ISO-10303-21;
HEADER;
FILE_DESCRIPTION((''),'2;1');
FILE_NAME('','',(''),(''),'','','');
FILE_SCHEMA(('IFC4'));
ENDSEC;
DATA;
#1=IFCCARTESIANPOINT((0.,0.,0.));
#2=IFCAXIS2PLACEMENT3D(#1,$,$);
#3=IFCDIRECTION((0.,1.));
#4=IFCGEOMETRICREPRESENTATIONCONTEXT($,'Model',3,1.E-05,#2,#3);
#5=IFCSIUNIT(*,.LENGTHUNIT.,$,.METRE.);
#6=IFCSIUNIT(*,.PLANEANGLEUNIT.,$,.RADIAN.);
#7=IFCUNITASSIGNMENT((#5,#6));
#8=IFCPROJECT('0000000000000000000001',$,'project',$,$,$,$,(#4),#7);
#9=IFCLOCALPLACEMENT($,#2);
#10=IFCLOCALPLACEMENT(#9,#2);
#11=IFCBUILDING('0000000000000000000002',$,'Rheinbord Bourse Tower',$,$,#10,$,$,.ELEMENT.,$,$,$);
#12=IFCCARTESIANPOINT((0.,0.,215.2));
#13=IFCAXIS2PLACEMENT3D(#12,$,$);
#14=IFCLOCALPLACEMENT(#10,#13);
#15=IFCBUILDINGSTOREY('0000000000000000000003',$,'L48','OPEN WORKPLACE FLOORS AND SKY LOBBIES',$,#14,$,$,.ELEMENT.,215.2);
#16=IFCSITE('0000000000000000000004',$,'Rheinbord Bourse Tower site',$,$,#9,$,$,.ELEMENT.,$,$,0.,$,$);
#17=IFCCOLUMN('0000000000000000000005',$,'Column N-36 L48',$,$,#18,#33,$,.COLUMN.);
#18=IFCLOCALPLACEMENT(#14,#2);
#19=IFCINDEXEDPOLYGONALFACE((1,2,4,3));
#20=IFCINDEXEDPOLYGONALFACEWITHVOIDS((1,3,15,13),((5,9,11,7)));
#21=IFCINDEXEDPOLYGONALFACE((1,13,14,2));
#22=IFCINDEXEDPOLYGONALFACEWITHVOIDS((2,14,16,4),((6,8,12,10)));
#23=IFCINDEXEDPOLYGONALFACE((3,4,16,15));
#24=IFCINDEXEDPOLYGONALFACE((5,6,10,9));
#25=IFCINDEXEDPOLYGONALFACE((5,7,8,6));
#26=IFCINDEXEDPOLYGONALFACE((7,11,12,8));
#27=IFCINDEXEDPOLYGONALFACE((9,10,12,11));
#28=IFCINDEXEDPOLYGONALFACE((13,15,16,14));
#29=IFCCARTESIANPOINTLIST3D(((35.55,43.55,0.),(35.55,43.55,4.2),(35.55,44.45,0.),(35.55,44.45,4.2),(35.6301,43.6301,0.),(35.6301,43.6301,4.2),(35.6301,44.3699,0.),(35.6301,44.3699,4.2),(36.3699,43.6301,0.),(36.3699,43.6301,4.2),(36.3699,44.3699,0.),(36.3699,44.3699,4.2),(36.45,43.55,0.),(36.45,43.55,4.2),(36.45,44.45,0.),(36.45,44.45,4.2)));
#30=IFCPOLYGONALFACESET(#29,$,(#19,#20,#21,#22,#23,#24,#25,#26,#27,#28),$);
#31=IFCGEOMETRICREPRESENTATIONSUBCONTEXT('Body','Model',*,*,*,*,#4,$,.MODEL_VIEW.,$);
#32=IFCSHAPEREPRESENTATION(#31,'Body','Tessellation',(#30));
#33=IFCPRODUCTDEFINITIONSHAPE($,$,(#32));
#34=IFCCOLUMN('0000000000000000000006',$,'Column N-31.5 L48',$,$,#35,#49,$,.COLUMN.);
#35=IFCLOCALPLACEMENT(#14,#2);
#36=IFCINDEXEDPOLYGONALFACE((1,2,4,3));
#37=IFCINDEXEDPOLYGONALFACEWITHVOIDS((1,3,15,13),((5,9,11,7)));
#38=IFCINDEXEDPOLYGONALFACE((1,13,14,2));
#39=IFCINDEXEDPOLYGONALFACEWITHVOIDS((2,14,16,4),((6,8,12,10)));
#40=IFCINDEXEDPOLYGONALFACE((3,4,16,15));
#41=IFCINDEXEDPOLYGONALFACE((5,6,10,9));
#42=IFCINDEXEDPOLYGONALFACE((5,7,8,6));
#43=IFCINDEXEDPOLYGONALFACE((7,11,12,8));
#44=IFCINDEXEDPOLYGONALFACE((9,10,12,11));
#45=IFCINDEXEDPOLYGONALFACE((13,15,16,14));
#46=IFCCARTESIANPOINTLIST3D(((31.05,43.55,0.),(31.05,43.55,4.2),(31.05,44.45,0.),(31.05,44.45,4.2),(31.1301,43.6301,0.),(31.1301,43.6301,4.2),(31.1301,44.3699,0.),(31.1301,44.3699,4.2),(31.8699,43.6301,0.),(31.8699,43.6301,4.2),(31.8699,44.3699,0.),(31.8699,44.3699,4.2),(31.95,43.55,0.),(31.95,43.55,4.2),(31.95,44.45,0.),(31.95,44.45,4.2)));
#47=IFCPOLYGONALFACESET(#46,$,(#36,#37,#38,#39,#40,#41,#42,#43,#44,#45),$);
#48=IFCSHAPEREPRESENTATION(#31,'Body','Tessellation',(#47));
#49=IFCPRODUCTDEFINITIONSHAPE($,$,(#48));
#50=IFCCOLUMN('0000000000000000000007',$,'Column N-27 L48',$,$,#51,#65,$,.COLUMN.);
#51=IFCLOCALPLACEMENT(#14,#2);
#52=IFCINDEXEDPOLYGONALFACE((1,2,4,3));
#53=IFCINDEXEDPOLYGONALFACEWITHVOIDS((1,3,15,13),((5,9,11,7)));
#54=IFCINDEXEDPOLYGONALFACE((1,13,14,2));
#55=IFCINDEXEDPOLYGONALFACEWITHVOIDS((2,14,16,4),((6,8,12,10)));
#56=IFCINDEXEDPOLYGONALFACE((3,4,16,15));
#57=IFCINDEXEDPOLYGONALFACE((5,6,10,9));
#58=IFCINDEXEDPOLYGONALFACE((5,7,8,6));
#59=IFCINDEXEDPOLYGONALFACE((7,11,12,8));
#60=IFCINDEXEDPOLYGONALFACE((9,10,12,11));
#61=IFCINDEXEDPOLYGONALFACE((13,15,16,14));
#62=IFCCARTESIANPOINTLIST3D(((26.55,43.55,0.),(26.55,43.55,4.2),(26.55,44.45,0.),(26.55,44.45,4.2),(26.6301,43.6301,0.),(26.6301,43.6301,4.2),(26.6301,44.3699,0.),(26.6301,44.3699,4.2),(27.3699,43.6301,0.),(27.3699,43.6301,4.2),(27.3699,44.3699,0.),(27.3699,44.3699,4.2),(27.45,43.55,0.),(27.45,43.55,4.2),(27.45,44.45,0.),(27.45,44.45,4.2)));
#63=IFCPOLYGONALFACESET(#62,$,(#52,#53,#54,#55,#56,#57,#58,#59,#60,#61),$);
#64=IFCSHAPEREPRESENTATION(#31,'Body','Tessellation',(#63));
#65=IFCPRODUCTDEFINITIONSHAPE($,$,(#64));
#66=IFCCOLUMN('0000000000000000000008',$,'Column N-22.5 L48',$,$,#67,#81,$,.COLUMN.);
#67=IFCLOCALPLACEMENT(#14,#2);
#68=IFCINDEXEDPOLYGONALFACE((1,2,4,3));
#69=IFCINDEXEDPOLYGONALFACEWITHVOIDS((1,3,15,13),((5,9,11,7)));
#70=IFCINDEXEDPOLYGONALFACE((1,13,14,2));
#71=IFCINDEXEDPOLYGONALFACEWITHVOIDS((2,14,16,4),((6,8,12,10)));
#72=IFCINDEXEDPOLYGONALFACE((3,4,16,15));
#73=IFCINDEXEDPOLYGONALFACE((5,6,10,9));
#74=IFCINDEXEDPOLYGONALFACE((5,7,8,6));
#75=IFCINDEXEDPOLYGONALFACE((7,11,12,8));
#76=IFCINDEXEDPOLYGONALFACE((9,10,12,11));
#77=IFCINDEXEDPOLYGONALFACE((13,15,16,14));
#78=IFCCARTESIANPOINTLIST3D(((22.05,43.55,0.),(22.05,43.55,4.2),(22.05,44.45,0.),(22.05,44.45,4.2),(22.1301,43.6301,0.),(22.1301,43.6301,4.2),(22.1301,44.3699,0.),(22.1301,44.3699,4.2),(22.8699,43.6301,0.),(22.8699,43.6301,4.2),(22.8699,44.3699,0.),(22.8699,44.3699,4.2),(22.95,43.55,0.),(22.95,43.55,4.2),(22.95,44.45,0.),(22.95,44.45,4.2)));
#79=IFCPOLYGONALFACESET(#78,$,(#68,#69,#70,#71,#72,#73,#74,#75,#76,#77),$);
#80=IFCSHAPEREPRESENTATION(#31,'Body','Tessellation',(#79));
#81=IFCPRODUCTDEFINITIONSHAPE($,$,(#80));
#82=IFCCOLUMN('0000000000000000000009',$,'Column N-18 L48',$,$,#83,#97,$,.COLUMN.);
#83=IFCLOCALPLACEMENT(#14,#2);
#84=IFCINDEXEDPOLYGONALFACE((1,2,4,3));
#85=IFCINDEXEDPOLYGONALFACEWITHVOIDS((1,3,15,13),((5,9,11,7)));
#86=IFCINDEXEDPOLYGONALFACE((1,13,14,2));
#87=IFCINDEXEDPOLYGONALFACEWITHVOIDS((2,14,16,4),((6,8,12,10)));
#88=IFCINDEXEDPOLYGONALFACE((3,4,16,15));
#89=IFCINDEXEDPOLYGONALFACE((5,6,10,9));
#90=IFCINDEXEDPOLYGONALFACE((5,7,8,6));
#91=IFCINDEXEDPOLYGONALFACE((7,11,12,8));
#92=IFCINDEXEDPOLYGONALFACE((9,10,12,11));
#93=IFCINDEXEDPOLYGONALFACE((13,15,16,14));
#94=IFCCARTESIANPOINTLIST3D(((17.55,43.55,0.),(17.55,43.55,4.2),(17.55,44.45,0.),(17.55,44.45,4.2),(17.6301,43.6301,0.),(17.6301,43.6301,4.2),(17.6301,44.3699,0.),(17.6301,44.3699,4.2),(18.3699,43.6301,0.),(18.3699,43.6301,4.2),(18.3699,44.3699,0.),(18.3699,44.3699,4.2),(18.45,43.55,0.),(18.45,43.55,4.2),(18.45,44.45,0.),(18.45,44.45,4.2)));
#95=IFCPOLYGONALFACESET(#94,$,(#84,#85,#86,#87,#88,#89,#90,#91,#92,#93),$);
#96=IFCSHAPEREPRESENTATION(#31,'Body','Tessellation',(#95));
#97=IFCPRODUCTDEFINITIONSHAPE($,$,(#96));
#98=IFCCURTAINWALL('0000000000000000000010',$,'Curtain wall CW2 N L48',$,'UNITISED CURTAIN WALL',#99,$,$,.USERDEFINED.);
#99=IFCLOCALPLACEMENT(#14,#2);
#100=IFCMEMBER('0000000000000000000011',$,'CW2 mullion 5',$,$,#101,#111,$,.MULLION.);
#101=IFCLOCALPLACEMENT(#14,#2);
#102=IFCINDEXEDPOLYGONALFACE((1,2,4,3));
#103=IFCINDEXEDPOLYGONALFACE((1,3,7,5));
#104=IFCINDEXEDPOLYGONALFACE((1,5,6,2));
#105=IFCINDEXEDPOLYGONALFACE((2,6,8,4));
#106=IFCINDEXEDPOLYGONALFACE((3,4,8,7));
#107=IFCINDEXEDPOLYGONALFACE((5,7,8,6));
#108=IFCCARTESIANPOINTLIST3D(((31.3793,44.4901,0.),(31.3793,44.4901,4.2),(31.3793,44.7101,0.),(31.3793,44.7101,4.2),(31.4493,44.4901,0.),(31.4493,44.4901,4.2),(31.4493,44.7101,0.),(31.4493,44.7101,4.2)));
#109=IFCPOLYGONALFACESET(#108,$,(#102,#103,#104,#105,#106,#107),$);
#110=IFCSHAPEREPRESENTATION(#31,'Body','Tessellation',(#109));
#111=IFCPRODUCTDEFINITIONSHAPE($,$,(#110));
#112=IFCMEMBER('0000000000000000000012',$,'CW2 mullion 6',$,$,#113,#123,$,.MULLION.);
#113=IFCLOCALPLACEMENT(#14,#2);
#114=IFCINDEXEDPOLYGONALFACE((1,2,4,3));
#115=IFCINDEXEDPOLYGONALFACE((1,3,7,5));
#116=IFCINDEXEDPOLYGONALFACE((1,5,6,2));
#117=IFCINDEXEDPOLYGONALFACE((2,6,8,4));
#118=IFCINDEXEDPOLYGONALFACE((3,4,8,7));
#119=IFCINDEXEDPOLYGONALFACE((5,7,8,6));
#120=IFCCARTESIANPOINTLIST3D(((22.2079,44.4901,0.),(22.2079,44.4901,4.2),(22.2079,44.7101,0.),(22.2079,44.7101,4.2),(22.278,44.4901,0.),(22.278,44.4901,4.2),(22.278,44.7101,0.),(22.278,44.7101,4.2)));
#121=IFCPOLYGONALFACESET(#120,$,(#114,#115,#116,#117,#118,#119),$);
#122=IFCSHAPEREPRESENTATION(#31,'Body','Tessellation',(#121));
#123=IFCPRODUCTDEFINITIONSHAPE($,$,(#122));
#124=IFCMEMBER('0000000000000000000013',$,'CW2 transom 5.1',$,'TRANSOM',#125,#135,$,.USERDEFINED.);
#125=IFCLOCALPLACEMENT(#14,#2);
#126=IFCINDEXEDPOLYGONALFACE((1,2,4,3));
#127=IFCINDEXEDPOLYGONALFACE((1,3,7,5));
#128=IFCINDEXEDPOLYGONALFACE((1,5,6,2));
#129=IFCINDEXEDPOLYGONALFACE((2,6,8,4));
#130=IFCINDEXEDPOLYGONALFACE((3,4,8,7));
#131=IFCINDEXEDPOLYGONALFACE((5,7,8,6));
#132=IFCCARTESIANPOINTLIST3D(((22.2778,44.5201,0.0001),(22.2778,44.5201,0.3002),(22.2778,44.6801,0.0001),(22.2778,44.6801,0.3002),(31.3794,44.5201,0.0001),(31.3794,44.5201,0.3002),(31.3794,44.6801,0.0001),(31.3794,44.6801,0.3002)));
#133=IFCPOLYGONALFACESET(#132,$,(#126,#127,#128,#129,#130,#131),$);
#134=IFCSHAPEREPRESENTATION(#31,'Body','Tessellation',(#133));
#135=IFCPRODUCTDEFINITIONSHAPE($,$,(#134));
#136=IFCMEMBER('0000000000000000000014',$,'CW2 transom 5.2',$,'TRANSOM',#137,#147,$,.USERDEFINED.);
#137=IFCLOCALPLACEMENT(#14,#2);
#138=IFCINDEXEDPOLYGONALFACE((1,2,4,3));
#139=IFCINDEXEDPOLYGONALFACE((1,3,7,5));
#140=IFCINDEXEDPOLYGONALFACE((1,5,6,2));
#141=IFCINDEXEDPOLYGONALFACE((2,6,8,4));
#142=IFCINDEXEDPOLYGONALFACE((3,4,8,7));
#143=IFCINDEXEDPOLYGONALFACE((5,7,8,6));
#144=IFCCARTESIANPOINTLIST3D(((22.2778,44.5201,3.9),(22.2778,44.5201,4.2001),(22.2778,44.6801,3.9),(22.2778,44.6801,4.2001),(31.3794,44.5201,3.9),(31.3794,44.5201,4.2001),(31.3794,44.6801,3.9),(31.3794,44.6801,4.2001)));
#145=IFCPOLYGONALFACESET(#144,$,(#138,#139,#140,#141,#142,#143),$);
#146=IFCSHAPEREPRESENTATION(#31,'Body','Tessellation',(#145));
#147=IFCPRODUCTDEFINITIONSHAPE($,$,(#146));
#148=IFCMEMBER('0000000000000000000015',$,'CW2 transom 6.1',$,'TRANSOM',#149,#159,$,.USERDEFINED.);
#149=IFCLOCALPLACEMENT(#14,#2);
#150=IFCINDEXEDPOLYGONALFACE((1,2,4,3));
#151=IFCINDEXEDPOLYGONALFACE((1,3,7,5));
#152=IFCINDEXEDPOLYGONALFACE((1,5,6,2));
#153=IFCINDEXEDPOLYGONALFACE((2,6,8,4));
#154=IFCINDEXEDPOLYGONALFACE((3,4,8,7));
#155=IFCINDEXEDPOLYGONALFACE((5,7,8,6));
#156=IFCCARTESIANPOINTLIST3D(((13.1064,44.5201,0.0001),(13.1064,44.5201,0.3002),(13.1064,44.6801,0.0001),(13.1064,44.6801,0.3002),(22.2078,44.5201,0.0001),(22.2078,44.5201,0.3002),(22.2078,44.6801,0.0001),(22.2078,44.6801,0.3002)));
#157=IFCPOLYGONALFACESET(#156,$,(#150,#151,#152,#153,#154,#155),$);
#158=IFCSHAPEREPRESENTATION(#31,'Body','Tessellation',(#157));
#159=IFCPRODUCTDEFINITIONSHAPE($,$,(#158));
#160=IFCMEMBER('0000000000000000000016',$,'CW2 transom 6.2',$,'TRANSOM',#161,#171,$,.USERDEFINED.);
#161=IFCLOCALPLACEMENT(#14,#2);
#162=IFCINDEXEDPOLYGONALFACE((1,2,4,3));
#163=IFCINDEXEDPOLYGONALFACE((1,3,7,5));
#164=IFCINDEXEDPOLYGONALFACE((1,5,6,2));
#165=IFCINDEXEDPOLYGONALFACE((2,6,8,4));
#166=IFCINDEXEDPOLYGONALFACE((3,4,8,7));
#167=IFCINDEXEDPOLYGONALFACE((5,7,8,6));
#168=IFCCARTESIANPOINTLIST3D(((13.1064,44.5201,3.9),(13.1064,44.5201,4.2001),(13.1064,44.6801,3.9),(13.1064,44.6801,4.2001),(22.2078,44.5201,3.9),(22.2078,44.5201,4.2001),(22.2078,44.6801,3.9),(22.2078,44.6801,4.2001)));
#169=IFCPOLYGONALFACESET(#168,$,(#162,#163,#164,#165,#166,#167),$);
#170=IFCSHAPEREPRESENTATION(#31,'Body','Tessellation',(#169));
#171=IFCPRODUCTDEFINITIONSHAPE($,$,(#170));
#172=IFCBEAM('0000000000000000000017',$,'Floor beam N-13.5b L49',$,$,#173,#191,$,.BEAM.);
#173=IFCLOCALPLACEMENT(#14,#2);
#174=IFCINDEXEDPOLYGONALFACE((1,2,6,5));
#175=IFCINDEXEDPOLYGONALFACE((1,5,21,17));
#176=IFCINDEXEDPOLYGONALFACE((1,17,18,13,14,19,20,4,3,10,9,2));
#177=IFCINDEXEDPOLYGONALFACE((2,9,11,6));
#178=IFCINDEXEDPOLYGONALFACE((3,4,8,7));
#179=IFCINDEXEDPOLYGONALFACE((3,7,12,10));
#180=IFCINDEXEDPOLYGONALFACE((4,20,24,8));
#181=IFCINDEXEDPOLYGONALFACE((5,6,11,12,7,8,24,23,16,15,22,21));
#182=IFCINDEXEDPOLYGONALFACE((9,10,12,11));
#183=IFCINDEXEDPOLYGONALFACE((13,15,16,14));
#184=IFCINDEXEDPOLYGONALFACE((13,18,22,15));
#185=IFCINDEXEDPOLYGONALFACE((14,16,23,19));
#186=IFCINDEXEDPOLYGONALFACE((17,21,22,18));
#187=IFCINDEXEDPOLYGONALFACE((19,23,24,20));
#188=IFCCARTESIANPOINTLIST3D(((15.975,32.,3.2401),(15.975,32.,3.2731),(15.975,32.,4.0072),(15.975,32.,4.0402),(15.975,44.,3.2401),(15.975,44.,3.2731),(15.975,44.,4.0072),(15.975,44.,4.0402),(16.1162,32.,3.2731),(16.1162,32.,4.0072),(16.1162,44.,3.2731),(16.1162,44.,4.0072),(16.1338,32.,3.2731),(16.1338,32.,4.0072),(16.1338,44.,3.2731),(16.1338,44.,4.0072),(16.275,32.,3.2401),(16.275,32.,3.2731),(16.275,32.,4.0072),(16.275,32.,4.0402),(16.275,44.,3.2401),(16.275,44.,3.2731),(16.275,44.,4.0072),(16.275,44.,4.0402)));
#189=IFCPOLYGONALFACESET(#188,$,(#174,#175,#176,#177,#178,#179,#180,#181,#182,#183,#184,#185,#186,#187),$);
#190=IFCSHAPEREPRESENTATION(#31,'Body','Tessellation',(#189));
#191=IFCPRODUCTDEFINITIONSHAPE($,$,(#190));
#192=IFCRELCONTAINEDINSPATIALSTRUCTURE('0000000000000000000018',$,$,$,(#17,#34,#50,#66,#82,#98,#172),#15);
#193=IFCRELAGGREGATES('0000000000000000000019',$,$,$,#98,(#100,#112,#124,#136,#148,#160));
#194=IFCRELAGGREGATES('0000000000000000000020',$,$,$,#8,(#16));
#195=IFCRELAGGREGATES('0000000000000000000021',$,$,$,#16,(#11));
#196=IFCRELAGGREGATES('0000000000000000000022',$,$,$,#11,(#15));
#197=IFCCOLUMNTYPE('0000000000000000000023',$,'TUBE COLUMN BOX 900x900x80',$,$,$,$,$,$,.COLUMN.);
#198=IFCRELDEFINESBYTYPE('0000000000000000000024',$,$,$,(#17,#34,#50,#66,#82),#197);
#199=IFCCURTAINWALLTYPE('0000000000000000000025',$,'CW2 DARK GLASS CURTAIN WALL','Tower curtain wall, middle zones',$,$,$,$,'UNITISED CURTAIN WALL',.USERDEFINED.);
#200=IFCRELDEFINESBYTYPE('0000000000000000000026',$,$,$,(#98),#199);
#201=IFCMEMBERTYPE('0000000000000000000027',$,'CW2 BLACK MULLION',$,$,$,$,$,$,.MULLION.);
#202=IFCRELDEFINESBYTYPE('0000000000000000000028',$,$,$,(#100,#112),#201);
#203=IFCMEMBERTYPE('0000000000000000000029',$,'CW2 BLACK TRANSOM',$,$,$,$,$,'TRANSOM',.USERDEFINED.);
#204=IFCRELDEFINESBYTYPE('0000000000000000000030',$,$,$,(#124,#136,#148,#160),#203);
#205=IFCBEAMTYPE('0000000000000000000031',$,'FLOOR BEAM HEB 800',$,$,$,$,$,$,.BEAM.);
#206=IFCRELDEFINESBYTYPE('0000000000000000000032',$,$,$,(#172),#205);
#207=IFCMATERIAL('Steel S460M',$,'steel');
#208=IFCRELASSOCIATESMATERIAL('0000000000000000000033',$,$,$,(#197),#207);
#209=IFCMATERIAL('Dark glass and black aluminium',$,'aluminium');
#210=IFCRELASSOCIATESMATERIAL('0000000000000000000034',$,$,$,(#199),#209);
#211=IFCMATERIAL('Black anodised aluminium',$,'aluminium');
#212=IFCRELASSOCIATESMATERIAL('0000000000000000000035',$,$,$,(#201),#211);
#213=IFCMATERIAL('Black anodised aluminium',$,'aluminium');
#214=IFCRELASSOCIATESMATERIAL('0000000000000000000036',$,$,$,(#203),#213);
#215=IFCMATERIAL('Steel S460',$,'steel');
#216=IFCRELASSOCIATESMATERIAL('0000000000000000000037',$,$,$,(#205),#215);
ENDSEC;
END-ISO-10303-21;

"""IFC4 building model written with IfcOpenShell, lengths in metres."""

from ifc_helpers import new_model, si_unit, direction, frame, origin, origin_2d, place, context, subcontext, project, spatial, rectangle, hollow_rectangle, i_section, extrude, material, material_profile, profile_set, type_object, element, aggregate, save


model = new_model("IFC4")

# Units and contexts
model_context = context("Model", 3, precision=1e-05, world=origin(), true_north=direction((0.0, 1.0)))
body_context = subcontext(model_context, "Body", "Model", "MODEL_VIEW")
ifc_project = project(units=[si_unit("LENGTHUNIT", "METRE"), si_unit("PLANEANGLEUNIT", "RADIAN")], contexts=[model_context])

# Site, building, storey
site_placement = place(None, origin())
site = spatial("IfcSite", under=ifc_project, at=site_placement, Name="Rheinbord Bourse Tower site", CompositionType="ELEMENT", RefElevation=0.0)
building_placement = place(site_placement, origin())
building = spatial("IfcBuilding", under=site, at=building_placement, Name="Rheinbord Bourse Tower", CompositionType="ELEMENT")
storey_placement = place(building_placement, frame((0.0, 0.0, 215.2)))
storey = spatial("IfcBuildingStorey", under=building, at=storey_placement, Name="L48", Description="OPEN WORKPLACE FLOORS AND SKY LOBBIES", CompositionType="ELEMENT", Elevation=215.2)

# Columns
ifc_material_1 = material(Name="Steel S460M", Category="steel")
ifc_material_profile_1 = material_profile(ifc_material_1, hollow_rectangle(XDim=0.8999, YDim=0.8999, WallThickness=0.0801, at=origin_2d()), Name="BOX 900x900x80")
ifc_profile_set_1 = profile_set([ifc_material_profile_1], Name="Steel S460M")
column_type = type_object("IfcColumnType", Name="TUBE COLUMN BOX 900x900x80", PredefinedType="COLUMN", material=ifc_profile_set_1)
for number, where, z_axis, x_axis, name in (
    (1, (36.0, 44.0, 0.0), (0.0, 0.0, 1.0), (0.0, 1.0, 0.0), "Column N-36 L48"),
    (2, (31.5, 44.0, 0.0), (0.0, 0.0, 1.0), (0.0, 1.0, 0.0), "Column N-31.5 L48"),
    (3, (27.0, 44.0, 0.0), (0.0, 0.0, 1.0), (0.0, 1.0, 0.0), "Column N-27 L48"),
    (4, (22.5, 44.0, 0.0), (0.0, 0.0, 1.0), (0.0, 1.0, 0.0), "Column N-22.5 L48"),
    (5, (18.0, 44.0, 0.0), (0.0, 0.0, 1.0), (0.0, 1.0, 0.0), "Column N-18 L48"),
):
    element("IfcColumn", number, at=place(storey_placement, frame(where, z_axis=z_axis, x_axis=x_axis)), inside=storey, type_object=column_type, Name=name, PredefinedType="COLUMN", context=body_context, shape_type="SweptSolid", body=[
        extrude(hollow_rectangle(XDim=0.8999, YDim=0.8999, WallThickness=0.0801, at=origin_2d()), origin(), (0.0, 0.0, 1.0), 4.2),
    ])

# Curtain wall, members
ifc_material_2 = material(Name="Dark glass and black aluminium", Category="aluminium")
curtain_wall_type = type_object("IfcCurtainWallType", Name="CW2 DARK GLASS CURTAIN WALL", Description="Tower curtain wall, middle zones", ElementType="UNITISED CURTAIN WALL", PredefinedType="USERDEFINED", material=ifc_material_2)
curtain_wall_placement = place(storey_placement, origin())
curtain_wall = element("IfcCurtainWall", 6, at=curtain_wall_placement, inside=storey, type_object=curtain_wall_type, Name="Curtain wall CW2 N L48", ObjectType="UNITISED CURTAIN WALL", PredefinedType="USERDEFINED")
ifc_material_3 = material(Name="Black anodised aluminium", Category="aluminium")
ifc_material_profile_2 = material_profile(ifc_material_3, rectangle(XDim=0.22, YDim=0.0701, at=origin_2d()), Name="CW2 MULLION 70x220")
ifc_profile_set_2 = profile_set([ifc_material_profile_2], Name="Black anodised aluminium")
member_type_1 = type_object("IfcMemberType", Name="CW2 BLACK MULLION", PredefinedType="MULLION", material=ifc_profile_set_2)
member_1_placement = place(storey_placement, frame((31.4143, 44.6001, 0.0), z_axis=(0.0, 0.0, 1.0), x_axis=(0.0, -1.0, 0.0)))
member_1 = element("IfcMember", 7, at=member_1_placement, type_object=member_type_1, Name="CW2 mullion 5", PredefinedType="MULLION", context=body_context, shape_type="SweptSolid", body=[
    extrude(rectangle(XDim=0.22, YDim=0.0701, at=origin_2d()), origin(), (0.0, 0.0, 1.0), 4.2),
])
member_2_placement = place(storey_placement, frame((22.2429, 44.6001, 0.0), z_axis=(0.0, 0.0, 1.0), x_axis=(0.0, -1.0, 0.0)))
member_2 = element("IfcMember", 8, at=member_2_placement, type_object=member_type_1, Name="CW2 mullion 6", PredefinedType="MULLION", context=body_context, shape_type="SweptSolid", body=[
    extrude(rectangle(XDim=0.22, YDim=0.0701, at=origin_2d()), origin(), (0.0, 0.0, 1.0), 4.2),
])
ifc_material_4 = material(Name="Black anodised aluminium", Category="aluminium")
ifc_material_profile_3 = material_profile(ifc_material_4, rectangle(XDim=0.1599, YDim=0.3, at=origin_2d()), Name="CW2 TRANSOM 300x160")
ifc_profile_set_3 = profile_set([ifc_material_profile_3], Name="Black anodised aluminium")
member_type_2 = type_object("IfcMemberType", Name="CW2 BLACK TRANSOM", ElementType="TRANSOM", PredefinedType="USERDEFINED", material=ifc_profile_set_3)
member_3_placement = place(storey_placement, frame((31.3794, 44.6001, 0.1501), z_axis=(-1.0, 0.0, 0.0), x_axis=(0.0, -1.0, 0.0)))
member_3 = element("IfcMember", 9, at=member_3_placement, type_object=member_type_2, Name="CW2 transom 5.1", ObjectType="TRANSOM", PredefinedType="USERDEFINED", context=body_context, shape_type="SweptSolid", body=[
    extrude(rectangle(XDim=0.1599, YDim=0.3, at=origin_2d()), origin(), (0.0, 0.0, 1.0), 9.1016),
])
member_4_placement = place(storey_placement, frame((31.3794, 44.6001, 4.05), z_axis=(-1.0, 0.0, 0.0), x_axis=(0.0, -1.0, 0.0)))
member_4 = element("IfcMember", 10, at=member_4_placement, type_object=member_type_2, Name="CW2 transom 5.2", ObjectType="TRANSOM", PredefinedType="USERDEFINED", context=body_context, shape_type="SweptSolid", body=[
    extrude(rectangle(XDim=0.1599, YDim=0.3, at=origin_2d()), origin(), (0.0, 0.0, 1.0), 9.1016),
])
member_5_placement = place(storey_placement, frame((22.2078, 44.6001, 0.1501), z_axis=(-1.0, 0.0, 0.0), x_axis=(0.0, -1.0, 0.0)))
member_5 = element("IfcMember", 11, at=member_5_placement, type_object=member_type_2, Name="CW2 transom 6.1", ObjectType="TRANSOM", PredefinedType="USERDEFINED", context=body_context, shape_type="SweptSolid", body=[
    extrude(rectangle(XDim=0.1599, YDim=0.3, at=origin_2d()), origin(), (0.0, 0.0, 1.0), 9.1013),
])
member_6_placement = place(storey_placement, frame((22.2078, 44.6001, 4.05), z_axis=(-1.0, 0.0, 0.0), x_axis=(0.0, -1.0, 0.0)))
member_6 = element("IfcMember", 12, at=member_6_placement, type_object=member_type_2, Name="CW2 transom 6.2", ObjectType="TRANSOM", PredefinedType="USERDEFINED", context=body_context, shape_type="SweptSolid", body=[
    extrude(rectangle(XDim=0.1599, YDim=0.3, at=origin_2d()), origin(), (0.0, 0.0, 1.0), 9.1013),
])

# Beam
ifc_material_5 = material(Name="Steel S460", Category="steel")
ifc_material_profile_4 = material_profile(ifc_material_5, i_section(OverallWidth=0.3, OverallDepth=0.8, WebThickness=0.0176, FlangeThickness=0.033, at=origin_2d()), Name="HEB 800")
ifc_profile_set_4 = profile_set([ifc_material_profile_4], Name="Steel S460")
beam_type_1 = type_object("IfcBeamType", Name="FLOOR BEAM HEB 800", PredefinedType="BEAM", material=ifc_profile_set_4)
beam_placement = place(storey_placement, frame((16.125, 44.0, 3.6401), z_axis=(0.0, -1.0, 0.0), x_axis=(1.0, 0.0, 0.0)))
element("IfcBeam", 13, at=beam_placement, inside=storey, type_object=beam_type_1, Name="Floor beam N-13.5b L49", PredefinedType="BEAM", context=body_context, shape_type="SweptSolid", body=[
    extrude(i_section(OverallWidth=0.3, OverallDepth=0.8, WebThickness=0.0176, FlangeThickness=0.033, at=origin_2d()), origin(), (0.0, 0.0, 1.0), 12.0),
])

aggregate(curtain_wall, [member_1, member_2, member_3, member_4, member_5, member_6])

save(model, "model.ifc")
